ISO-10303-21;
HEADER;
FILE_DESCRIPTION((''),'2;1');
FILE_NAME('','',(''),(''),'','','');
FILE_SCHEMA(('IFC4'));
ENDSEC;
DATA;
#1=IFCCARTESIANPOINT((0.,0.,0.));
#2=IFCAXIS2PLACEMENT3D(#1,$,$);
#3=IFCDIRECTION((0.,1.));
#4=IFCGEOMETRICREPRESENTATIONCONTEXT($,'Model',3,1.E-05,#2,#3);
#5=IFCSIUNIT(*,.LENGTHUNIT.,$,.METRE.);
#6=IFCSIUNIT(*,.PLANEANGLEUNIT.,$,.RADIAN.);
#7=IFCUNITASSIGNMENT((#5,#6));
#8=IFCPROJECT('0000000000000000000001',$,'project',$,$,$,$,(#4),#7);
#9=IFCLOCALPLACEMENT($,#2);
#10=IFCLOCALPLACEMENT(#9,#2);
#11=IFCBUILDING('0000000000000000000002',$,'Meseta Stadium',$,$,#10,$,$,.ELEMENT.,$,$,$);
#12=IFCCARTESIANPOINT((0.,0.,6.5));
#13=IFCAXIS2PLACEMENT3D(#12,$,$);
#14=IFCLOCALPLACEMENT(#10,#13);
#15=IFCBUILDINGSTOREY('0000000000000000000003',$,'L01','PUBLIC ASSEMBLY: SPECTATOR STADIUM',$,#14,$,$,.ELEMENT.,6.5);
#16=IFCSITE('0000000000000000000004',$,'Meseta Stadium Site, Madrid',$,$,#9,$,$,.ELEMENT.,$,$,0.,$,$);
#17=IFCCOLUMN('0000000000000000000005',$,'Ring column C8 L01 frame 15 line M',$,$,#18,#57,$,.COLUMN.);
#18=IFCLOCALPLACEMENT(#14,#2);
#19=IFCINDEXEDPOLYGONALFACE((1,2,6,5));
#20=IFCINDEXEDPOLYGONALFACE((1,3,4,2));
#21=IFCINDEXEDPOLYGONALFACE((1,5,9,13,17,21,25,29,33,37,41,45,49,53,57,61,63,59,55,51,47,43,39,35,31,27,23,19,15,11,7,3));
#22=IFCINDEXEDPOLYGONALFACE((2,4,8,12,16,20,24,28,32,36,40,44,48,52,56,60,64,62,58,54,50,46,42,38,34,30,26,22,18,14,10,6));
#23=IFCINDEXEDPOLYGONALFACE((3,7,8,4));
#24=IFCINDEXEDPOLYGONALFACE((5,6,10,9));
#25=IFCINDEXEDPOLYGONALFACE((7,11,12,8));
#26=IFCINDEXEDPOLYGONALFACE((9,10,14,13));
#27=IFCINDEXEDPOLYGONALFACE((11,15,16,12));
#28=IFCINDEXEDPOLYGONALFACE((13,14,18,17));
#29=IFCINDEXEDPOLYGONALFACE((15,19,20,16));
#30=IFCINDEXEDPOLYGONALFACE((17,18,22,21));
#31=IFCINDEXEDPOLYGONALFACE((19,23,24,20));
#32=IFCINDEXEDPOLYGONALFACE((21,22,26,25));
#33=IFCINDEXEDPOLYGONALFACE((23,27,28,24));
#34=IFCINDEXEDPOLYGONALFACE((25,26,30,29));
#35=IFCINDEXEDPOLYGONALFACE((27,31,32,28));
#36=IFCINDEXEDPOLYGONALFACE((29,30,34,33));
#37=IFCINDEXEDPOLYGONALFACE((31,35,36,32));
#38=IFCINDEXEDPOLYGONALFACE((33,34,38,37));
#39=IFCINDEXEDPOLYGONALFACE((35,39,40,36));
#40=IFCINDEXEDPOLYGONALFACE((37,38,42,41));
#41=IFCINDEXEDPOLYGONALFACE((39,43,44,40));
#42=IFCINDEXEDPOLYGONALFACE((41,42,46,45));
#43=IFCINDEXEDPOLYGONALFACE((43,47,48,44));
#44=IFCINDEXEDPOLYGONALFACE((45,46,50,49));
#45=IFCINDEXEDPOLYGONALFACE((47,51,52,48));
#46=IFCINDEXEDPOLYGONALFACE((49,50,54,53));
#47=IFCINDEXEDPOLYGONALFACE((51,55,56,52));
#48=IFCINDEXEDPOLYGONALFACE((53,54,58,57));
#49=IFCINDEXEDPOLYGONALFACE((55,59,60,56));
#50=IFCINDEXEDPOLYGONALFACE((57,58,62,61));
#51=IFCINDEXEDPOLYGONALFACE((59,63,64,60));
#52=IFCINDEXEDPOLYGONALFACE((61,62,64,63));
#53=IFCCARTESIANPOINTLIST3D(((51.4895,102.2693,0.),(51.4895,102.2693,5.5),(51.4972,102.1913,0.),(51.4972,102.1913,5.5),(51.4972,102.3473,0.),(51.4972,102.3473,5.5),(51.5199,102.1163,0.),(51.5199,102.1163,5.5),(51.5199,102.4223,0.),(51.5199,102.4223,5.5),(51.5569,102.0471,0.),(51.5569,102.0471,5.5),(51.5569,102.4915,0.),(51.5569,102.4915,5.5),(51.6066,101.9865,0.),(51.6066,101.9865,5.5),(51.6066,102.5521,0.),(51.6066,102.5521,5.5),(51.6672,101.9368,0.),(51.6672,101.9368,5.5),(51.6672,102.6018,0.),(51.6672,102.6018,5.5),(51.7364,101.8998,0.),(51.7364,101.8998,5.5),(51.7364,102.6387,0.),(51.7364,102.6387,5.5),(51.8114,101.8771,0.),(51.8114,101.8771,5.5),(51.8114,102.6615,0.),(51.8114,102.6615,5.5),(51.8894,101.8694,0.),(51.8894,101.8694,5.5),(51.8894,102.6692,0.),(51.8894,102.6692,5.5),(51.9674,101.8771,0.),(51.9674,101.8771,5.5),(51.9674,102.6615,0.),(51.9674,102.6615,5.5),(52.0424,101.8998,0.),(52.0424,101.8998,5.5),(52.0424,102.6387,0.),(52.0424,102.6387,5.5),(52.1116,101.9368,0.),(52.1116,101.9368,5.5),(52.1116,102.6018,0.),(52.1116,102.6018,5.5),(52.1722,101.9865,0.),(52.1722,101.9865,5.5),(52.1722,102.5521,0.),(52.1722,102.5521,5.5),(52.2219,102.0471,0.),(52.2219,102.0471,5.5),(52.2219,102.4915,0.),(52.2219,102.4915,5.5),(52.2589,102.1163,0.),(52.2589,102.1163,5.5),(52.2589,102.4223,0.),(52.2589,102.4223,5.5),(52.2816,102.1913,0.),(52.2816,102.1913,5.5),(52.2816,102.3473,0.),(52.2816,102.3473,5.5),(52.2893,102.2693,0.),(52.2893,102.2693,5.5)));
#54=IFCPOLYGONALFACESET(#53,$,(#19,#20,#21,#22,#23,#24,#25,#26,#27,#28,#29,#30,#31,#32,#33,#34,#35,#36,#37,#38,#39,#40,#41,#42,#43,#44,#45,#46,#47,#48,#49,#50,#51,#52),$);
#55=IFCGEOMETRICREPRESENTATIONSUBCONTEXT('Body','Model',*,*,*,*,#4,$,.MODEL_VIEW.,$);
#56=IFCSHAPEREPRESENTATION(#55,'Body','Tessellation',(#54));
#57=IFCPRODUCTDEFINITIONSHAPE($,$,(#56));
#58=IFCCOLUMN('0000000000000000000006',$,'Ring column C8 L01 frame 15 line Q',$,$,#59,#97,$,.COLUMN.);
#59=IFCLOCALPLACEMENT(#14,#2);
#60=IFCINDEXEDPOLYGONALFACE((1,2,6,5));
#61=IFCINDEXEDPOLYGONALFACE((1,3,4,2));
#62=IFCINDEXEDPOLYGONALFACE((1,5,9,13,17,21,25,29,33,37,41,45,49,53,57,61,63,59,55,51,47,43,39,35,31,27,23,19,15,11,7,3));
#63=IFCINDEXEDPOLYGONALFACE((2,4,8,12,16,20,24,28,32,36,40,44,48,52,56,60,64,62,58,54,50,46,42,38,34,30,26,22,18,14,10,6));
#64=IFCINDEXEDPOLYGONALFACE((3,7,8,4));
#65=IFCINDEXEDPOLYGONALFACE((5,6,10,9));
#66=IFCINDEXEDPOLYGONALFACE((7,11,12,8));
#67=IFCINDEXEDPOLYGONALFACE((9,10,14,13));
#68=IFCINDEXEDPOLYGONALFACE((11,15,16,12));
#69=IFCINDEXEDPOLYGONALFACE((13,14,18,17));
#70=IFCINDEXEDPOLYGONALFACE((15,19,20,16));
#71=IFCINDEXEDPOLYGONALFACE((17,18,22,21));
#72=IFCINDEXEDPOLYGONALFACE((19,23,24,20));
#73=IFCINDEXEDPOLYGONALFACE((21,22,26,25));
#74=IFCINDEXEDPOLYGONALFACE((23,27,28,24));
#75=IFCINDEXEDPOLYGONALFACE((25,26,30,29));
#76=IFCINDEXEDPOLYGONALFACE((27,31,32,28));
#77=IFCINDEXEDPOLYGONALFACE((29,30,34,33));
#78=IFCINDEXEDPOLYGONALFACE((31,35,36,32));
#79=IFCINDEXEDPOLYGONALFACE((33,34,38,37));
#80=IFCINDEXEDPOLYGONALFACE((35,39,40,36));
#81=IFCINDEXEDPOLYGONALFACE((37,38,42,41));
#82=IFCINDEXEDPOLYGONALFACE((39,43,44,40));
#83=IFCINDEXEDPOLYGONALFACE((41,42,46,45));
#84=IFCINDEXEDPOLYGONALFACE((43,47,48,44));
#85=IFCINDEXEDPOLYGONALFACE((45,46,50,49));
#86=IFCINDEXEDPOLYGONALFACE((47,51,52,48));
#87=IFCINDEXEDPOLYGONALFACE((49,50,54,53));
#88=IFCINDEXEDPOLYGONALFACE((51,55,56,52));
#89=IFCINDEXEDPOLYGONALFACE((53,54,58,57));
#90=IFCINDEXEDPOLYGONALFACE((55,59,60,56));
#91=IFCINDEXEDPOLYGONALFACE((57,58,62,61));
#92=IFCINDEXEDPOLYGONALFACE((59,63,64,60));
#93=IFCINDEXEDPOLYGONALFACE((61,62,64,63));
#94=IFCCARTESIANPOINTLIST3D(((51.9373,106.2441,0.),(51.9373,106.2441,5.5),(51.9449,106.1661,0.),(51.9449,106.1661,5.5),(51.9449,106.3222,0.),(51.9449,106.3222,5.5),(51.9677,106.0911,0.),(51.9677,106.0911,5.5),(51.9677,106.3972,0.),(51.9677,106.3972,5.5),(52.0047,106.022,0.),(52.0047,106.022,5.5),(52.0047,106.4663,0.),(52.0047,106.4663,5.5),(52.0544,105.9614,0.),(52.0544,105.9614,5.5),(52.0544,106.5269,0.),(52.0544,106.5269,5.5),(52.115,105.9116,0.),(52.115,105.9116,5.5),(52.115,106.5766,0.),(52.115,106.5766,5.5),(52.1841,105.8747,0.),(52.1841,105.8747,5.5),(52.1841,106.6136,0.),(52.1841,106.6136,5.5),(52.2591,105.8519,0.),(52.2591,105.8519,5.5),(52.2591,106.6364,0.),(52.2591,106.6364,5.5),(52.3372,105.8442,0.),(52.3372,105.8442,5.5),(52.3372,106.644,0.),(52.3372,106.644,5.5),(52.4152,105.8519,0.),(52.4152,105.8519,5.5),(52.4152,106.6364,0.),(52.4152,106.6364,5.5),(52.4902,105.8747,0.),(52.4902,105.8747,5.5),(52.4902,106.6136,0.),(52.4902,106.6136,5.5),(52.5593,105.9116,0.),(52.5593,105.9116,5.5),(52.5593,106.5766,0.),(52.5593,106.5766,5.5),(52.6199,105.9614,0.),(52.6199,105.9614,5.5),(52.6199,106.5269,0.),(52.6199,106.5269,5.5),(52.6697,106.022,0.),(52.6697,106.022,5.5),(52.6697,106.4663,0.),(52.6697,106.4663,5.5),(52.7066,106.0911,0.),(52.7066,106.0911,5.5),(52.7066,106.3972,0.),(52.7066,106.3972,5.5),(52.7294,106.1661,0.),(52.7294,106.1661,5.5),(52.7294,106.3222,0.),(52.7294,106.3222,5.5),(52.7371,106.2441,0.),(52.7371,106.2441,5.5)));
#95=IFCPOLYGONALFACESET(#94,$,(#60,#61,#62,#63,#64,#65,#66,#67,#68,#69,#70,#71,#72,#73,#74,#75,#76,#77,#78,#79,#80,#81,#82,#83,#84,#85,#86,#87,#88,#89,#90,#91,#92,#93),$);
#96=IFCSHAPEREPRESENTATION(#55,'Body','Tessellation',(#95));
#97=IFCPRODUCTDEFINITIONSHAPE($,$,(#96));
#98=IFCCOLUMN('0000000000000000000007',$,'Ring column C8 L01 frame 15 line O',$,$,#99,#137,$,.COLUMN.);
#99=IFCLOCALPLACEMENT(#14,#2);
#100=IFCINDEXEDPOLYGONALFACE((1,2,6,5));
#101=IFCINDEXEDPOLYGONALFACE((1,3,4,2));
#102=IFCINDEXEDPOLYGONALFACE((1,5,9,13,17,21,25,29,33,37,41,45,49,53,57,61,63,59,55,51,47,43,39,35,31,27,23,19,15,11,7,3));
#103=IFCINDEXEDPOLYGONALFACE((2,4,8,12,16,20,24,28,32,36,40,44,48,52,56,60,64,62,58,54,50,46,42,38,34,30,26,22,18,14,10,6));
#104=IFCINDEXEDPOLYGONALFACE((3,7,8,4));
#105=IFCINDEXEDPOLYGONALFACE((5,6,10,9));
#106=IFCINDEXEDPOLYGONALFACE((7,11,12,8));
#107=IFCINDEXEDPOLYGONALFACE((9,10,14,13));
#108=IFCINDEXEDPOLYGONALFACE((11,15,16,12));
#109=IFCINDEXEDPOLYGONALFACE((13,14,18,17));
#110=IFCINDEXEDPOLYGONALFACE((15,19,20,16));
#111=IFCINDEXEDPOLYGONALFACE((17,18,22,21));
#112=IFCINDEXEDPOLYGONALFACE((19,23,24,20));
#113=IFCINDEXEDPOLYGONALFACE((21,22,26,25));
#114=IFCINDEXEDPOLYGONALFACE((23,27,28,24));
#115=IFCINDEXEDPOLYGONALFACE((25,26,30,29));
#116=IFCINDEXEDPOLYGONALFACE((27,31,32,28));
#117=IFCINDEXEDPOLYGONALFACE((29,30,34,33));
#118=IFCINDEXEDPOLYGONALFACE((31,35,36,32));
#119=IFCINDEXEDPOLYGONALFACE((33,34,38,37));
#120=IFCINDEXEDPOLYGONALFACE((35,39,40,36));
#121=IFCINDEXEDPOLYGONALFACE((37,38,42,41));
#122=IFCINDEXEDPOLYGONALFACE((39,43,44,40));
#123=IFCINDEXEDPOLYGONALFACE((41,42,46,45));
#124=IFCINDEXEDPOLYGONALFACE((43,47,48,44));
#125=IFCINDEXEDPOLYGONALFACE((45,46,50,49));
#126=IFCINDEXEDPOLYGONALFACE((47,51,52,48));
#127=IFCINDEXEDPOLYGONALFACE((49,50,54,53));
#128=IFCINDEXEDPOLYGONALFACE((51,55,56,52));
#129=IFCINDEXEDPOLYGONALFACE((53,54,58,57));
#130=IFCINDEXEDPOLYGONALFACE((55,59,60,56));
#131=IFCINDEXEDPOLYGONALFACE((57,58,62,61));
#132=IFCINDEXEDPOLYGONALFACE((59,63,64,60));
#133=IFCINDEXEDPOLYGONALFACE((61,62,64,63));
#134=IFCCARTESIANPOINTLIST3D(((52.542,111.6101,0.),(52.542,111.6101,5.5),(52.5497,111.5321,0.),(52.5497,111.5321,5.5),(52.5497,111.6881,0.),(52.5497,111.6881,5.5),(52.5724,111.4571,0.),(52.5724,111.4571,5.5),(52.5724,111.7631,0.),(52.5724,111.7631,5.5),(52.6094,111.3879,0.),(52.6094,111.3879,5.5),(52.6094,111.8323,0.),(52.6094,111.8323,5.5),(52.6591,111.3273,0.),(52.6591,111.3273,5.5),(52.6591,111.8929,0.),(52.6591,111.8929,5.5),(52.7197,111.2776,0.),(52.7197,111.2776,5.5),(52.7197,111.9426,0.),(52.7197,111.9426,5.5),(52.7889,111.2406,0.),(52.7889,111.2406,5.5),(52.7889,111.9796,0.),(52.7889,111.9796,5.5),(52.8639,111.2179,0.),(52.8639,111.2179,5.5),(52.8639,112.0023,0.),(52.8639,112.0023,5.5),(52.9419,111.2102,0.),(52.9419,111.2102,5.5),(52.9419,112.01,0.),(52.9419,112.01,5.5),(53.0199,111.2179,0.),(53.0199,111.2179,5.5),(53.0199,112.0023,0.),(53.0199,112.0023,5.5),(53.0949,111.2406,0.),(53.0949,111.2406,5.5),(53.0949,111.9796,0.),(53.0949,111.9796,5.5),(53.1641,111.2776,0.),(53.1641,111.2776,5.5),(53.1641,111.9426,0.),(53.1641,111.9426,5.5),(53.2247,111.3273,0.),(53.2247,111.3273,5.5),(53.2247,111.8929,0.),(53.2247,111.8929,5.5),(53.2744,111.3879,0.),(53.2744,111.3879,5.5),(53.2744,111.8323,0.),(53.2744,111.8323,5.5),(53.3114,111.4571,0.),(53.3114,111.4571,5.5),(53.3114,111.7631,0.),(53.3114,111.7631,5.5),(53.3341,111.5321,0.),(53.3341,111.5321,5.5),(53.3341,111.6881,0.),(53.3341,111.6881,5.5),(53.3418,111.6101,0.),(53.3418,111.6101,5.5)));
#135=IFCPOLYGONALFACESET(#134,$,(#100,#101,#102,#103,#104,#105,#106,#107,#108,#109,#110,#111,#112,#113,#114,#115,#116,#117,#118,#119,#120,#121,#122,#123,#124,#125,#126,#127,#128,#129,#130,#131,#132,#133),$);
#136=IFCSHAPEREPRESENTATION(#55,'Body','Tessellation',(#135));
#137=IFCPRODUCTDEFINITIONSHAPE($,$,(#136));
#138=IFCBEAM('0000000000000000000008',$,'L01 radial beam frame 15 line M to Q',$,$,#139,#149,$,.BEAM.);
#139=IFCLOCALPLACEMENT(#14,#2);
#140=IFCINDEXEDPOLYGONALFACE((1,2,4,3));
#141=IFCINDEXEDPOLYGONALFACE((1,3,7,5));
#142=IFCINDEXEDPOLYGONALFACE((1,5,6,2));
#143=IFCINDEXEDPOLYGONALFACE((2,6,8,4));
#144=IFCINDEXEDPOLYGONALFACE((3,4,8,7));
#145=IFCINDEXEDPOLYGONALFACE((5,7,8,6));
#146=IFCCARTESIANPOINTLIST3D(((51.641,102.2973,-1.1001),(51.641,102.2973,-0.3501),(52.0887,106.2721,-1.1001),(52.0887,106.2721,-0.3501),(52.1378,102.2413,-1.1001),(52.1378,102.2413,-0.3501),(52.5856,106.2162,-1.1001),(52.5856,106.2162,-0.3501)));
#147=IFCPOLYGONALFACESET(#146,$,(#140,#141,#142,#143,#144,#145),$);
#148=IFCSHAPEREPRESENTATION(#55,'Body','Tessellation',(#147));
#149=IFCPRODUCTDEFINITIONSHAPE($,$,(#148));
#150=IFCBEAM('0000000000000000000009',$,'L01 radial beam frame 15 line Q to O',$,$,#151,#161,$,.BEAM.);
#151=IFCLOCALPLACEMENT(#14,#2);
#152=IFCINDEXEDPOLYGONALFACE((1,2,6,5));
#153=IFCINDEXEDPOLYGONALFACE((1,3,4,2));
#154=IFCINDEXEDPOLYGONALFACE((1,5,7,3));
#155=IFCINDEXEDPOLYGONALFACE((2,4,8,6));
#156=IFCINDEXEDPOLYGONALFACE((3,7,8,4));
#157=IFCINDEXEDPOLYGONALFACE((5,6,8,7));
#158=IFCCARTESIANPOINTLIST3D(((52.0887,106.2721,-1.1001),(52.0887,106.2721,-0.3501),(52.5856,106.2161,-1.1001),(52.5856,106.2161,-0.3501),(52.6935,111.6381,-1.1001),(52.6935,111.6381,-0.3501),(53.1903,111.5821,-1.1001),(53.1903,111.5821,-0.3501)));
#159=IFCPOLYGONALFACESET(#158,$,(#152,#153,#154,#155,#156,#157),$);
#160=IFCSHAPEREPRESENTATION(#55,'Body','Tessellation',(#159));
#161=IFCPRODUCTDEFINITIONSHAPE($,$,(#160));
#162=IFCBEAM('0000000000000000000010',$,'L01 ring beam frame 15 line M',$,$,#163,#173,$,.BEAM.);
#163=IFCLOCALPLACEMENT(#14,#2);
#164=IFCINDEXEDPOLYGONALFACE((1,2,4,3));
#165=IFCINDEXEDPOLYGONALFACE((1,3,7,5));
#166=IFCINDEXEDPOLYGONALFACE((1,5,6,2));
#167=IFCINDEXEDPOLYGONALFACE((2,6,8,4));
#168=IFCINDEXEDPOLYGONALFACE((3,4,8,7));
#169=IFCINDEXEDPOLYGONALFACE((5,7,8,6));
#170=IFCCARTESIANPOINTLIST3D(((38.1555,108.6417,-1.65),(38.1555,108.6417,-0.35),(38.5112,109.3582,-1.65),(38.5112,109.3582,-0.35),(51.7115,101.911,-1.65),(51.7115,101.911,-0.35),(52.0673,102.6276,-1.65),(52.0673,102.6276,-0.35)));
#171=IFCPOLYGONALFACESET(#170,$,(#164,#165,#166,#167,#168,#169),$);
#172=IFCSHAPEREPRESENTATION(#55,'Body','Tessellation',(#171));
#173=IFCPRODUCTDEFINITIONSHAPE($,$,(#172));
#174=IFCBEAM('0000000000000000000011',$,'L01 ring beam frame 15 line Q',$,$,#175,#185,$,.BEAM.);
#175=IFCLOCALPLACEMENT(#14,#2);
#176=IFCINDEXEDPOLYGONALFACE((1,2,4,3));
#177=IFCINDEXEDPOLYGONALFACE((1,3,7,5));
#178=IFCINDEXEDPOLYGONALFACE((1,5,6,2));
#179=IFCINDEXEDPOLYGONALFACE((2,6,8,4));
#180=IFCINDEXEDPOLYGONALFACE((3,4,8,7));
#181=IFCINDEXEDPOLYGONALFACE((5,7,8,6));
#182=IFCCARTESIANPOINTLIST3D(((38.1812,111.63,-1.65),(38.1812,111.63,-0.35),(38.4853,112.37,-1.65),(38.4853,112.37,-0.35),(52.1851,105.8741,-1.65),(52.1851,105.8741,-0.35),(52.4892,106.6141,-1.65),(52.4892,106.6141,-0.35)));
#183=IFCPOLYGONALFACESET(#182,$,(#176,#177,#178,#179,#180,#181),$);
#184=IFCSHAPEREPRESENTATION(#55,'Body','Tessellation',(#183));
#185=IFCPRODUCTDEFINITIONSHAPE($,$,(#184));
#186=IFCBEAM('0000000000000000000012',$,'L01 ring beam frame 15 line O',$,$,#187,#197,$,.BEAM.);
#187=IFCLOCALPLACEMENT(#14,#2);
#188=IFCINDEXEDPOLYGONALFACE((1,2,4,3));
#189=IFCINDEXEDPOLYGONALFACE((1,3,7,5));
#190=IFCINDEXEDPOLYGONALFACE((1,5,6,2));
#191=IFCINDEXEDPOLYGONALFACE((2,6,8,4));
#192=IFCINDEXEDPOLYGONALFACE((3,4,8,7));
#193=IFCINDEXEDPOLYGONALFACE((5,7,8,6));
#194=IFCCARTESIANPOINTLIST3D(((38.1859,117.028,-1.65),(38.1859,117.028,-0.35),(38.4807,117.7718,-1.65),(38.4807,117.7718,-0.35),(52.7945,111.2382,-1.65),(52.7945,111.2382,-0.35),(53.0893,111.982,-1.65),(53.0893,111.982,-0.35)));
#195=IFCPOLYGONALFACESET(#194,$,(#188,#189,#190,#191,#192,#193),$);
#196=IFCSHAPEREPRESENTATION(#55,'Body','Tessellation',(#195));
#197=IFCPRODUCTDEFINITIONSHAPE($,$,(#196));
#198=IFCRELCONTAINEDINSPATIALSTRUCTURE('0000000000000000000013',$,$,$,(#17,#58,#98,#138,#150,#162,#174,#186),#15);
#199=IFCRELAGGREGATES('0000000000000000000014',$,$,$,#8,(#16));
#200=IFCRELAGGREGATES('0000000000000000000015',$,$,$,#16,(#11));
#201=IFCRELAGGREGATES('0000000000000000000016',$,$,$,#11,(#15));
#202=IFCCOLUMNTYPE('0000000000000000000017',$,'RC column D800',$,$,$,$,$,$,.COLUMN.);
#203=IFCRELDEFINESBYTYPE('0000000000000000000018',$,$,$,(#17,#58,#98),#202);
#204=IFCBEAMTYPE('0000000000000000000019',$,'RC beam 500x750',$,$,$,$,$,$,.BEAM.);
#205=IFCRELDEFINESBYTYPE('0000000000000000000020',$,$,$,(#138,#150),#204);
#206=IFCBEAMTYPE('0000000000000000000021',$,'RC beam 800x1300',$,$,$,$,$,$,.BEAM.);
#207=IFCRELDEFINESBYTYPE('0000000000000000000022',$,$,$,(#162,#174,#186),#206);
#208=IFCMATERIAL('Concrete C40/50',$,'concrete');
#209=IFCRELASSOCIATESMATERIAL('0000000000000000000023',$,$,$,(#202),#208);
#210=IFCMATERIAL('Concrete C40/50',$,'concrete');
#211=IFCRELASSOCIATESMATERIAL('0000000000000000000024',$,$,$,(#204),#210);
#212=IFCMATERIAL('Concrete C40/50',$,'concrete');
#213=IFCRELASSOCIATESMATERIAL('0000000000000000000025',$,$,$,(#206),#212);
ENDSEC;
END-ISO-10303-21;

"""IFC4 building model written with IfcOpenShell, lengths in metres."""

from ifc_helpers import new_model, si_unit, direction, frame, origin, origin_2d, place, context, subcontext, project, spatial, rectangle, circle, extrude, material, material_profile, profile_set, type_object, element, save


model = new_model("IFC4")

# Units and contexts
model_context = context("Model", 3, precision=1e-05, world=origin(), true_north=direction((0.0, 1.0)))
body_context = subcontext(model_context, "Body", "Model", "MODEL_VIEW")
ifc_project = project(units=[si_unit("LENGTHUNIT", "METRE"), si_unit("PLANEANGLEUNIT", "RADIAN")], contexts=[model_context])

# Site, building, storey
site_placement = place(None, origin())
site = spatial("IfcSite", under=ifc_project, at=site_placement, Name="Meseta Stadium Site, Madrid", CompositionType="ELEMENT", RefElevation=0.0)
building_placement = place(site_placement, origin())
building = spatial("IfcBuilding", under=site, at=building_placement, Name="Meseta Stadium", CompositionType="ELEMENT")
storey_placement = place(building_placement, frame((0.0, 0.0, 6.5)))
storey = spatial("IfcBuildingStorey", under=building, at=storey_placement, Name="L01", Description="PUBLIC ASSEMBLY: SPECTATOR STADIUM", CompositionType="ELEMENT", Elevation=6.5)

# Columns
ifc_material_1 = material(Name="Concrete C40/50", Category="concrete")
ifc_material_profile_1 = material_profile(ifc_material_1, circle(Radius=0.3999, at=origin_2d()), Name="RC D800")
ifc_profile_set_1 = profile_set([ifc_material_profile_1], Name="Concrete C40/50")
column_type = type_object("IfcColumnType", Name="RC column D800", PredefinedType="COLUMN", material=ifc_profile_set_1)
for number, where, z_axis, x_axis, name in (
    (1, (51.8894, 102.2693, 0.0), (0.0, 0.0, 1.0), (1.0, 0.0, 0.0), "Ring column C8 L01 frame 15 line M"),
    (2, (52.3372, 106.2441, 0.0), (0.0, 0.0, 1.0), (1.0, 0.0, 0.0), "Ring column C8 L01 frame 15 line Q"),
    (3, (52.9419, 111.6101, 0.0), (0.0, 0.0, 1.0), (1.0, 0.0, 0.0), "Ring column C8 L01 frame 15 line O"),
):
    element("IfcColumn", number, at=place(storey_placement, frame(where, z_axis=z_axis, x_axis=x_axis)), inside=storey, type_object=column_type, Name=name, PredefinedType="COLUMN", context=body_context, shape_type="SweptSolid", body=[
        extrude(circle(Radius=0.3999, at=origin_2d()), origin(), (0.0, 0.0, 1.0), 5.5),
    ])

# Beams
ifc_material_2 = material(Name="Concrete C40/50", Category="concrete")
ifc_material_profile_2 = material_profile(ifc_material_2, rectangle(XDim=0.5, YDim=0.75, at=origin_2d()), Name="RC 500x750")
ifc_profile_set_2 = profile_set([ifc_material_profile_2], Name="Concrete C40/50")
beam_type_1 = type_object("IfcBeamType", Name="RC beam 500x750", PredefinedType="BEAM", material=ifc_profile_set_2)
beam_1_placement = place(storey_placement, frame((51.8894, 102.2693, -0.7251), z_axis=(0.111939, 0.993715, 0.0), x_axis=(-0.993715, 0.111939, 0.0)))
element("IfcBeam", 4, at=beam_1_placement, inside=storey, type_object=beam_type_1, Name="L01 radial beam frame 15 line M to Q", PredefinedType="BEAM", context=body_context, shape_type="SweptSolid", body=[
    extrude(rectangle(XDim=0.5, YDim=0.75, at=origin_2d()), origin(), (0.0, 0.0, 1.0), 4.0),
])
beam_2_placement = place(storey_placement, frame((52.3372, 106.2441, -0.7251), z_axis=(0.11199, 0.993709, 0.0), x_axis=(-0.993709, 0.11199, 0.0)))
element("IfcBeam", 5, at=beam_2_placement, inside=storey, type_object=beam_type_1, Name="L01 radial beam frame 15 line Q to O", PredefinedType="BEAM", context=body_context, shape_type="SweptSolid", body=[
    extrude(rectangle(XDim=0.5, YDim=0.75, at=origin_2d()), origin(), (0.0, 0.0, 1.0), 5.3999),
])
ifc_material_3 = material(Name="Concrete C40/50", Category="concrete")
ifc_material_profile_3 = material_profile(ifc_material_3, rectangle(XDim=0.8, YDim=1.3, at=origin_2d()), Name="RC 800x1300")
ifc_profile_set_3 = profile_set([ifc_material_profile_3], Name="Concrete C40/50")
beam_type_2 = type_object("IfcBeamType", Name="RC beam 800x1300", PredefinedType="BEAM", material=ifc_profile_set_3)
beam_3_placement = place(storey_placement, frame((51.8894, 102.2693, -1.0), z_axis=(-0.895675, 0.444708, 0.0), x_axis=(-0.444708, -0.895675, 0.0)))
element("IfcBeam", 6, at=beam_3_placement, inside=storey, type_object=beam_type_2, Name="L01 ring beam frame 15 line M", PredefinedType="BEAM", context=body_context, shape_type="SweptSolid", body=[
    extrude(rectangle(XDim=0.8, YDim=1.3, at=origin_2d()), origin(), (0.0, 0.0, 1.0), 15.135),
])
beam_4_placement = place(storey_placement, frame((52.3372, 106.2441, -1.0), z_axis=(-0.924921, 0.380159, 0.0), x_axis=(-0.380159, -0.924921, 0.0)))
element("IfcBeam", 7, at=beam_4_placement, inside=storey, type_object=beam_type_2, Name="L01 ring beam frame 15 line Q", PredefinedType="BEAM", context=body_context, shape_type="SweptSolid", body=[
    extrude(rectangle(XDim=0.8, YDim=1.3, at=origin_2d()), origin(), (0.0, 0.0, 1.0), 15.1406),
])
beam_5_placement = place(storey_placement, frame((52.9419, 111.6101, -1.0), z_axis=(-0.92965, 0.368445, 0.0), x_axis=(-0.368445, -0.92965, 0.0)))
element("IfcBeam", 8, at=beam_5_placement, inside=storey, type_object=beam_type_2, Name="L01 ring beam frame 15 line O", PredefinedType="BEAM", context=body_context, shape_type="SweptSolid", body=[
    extrude(rectangle(XDim=0.8, YDim=1.3, at=origin_2d()), origin(), (0.0, 0.0, 1.0), 15.7141),
])

save(model, "model.ifc")
